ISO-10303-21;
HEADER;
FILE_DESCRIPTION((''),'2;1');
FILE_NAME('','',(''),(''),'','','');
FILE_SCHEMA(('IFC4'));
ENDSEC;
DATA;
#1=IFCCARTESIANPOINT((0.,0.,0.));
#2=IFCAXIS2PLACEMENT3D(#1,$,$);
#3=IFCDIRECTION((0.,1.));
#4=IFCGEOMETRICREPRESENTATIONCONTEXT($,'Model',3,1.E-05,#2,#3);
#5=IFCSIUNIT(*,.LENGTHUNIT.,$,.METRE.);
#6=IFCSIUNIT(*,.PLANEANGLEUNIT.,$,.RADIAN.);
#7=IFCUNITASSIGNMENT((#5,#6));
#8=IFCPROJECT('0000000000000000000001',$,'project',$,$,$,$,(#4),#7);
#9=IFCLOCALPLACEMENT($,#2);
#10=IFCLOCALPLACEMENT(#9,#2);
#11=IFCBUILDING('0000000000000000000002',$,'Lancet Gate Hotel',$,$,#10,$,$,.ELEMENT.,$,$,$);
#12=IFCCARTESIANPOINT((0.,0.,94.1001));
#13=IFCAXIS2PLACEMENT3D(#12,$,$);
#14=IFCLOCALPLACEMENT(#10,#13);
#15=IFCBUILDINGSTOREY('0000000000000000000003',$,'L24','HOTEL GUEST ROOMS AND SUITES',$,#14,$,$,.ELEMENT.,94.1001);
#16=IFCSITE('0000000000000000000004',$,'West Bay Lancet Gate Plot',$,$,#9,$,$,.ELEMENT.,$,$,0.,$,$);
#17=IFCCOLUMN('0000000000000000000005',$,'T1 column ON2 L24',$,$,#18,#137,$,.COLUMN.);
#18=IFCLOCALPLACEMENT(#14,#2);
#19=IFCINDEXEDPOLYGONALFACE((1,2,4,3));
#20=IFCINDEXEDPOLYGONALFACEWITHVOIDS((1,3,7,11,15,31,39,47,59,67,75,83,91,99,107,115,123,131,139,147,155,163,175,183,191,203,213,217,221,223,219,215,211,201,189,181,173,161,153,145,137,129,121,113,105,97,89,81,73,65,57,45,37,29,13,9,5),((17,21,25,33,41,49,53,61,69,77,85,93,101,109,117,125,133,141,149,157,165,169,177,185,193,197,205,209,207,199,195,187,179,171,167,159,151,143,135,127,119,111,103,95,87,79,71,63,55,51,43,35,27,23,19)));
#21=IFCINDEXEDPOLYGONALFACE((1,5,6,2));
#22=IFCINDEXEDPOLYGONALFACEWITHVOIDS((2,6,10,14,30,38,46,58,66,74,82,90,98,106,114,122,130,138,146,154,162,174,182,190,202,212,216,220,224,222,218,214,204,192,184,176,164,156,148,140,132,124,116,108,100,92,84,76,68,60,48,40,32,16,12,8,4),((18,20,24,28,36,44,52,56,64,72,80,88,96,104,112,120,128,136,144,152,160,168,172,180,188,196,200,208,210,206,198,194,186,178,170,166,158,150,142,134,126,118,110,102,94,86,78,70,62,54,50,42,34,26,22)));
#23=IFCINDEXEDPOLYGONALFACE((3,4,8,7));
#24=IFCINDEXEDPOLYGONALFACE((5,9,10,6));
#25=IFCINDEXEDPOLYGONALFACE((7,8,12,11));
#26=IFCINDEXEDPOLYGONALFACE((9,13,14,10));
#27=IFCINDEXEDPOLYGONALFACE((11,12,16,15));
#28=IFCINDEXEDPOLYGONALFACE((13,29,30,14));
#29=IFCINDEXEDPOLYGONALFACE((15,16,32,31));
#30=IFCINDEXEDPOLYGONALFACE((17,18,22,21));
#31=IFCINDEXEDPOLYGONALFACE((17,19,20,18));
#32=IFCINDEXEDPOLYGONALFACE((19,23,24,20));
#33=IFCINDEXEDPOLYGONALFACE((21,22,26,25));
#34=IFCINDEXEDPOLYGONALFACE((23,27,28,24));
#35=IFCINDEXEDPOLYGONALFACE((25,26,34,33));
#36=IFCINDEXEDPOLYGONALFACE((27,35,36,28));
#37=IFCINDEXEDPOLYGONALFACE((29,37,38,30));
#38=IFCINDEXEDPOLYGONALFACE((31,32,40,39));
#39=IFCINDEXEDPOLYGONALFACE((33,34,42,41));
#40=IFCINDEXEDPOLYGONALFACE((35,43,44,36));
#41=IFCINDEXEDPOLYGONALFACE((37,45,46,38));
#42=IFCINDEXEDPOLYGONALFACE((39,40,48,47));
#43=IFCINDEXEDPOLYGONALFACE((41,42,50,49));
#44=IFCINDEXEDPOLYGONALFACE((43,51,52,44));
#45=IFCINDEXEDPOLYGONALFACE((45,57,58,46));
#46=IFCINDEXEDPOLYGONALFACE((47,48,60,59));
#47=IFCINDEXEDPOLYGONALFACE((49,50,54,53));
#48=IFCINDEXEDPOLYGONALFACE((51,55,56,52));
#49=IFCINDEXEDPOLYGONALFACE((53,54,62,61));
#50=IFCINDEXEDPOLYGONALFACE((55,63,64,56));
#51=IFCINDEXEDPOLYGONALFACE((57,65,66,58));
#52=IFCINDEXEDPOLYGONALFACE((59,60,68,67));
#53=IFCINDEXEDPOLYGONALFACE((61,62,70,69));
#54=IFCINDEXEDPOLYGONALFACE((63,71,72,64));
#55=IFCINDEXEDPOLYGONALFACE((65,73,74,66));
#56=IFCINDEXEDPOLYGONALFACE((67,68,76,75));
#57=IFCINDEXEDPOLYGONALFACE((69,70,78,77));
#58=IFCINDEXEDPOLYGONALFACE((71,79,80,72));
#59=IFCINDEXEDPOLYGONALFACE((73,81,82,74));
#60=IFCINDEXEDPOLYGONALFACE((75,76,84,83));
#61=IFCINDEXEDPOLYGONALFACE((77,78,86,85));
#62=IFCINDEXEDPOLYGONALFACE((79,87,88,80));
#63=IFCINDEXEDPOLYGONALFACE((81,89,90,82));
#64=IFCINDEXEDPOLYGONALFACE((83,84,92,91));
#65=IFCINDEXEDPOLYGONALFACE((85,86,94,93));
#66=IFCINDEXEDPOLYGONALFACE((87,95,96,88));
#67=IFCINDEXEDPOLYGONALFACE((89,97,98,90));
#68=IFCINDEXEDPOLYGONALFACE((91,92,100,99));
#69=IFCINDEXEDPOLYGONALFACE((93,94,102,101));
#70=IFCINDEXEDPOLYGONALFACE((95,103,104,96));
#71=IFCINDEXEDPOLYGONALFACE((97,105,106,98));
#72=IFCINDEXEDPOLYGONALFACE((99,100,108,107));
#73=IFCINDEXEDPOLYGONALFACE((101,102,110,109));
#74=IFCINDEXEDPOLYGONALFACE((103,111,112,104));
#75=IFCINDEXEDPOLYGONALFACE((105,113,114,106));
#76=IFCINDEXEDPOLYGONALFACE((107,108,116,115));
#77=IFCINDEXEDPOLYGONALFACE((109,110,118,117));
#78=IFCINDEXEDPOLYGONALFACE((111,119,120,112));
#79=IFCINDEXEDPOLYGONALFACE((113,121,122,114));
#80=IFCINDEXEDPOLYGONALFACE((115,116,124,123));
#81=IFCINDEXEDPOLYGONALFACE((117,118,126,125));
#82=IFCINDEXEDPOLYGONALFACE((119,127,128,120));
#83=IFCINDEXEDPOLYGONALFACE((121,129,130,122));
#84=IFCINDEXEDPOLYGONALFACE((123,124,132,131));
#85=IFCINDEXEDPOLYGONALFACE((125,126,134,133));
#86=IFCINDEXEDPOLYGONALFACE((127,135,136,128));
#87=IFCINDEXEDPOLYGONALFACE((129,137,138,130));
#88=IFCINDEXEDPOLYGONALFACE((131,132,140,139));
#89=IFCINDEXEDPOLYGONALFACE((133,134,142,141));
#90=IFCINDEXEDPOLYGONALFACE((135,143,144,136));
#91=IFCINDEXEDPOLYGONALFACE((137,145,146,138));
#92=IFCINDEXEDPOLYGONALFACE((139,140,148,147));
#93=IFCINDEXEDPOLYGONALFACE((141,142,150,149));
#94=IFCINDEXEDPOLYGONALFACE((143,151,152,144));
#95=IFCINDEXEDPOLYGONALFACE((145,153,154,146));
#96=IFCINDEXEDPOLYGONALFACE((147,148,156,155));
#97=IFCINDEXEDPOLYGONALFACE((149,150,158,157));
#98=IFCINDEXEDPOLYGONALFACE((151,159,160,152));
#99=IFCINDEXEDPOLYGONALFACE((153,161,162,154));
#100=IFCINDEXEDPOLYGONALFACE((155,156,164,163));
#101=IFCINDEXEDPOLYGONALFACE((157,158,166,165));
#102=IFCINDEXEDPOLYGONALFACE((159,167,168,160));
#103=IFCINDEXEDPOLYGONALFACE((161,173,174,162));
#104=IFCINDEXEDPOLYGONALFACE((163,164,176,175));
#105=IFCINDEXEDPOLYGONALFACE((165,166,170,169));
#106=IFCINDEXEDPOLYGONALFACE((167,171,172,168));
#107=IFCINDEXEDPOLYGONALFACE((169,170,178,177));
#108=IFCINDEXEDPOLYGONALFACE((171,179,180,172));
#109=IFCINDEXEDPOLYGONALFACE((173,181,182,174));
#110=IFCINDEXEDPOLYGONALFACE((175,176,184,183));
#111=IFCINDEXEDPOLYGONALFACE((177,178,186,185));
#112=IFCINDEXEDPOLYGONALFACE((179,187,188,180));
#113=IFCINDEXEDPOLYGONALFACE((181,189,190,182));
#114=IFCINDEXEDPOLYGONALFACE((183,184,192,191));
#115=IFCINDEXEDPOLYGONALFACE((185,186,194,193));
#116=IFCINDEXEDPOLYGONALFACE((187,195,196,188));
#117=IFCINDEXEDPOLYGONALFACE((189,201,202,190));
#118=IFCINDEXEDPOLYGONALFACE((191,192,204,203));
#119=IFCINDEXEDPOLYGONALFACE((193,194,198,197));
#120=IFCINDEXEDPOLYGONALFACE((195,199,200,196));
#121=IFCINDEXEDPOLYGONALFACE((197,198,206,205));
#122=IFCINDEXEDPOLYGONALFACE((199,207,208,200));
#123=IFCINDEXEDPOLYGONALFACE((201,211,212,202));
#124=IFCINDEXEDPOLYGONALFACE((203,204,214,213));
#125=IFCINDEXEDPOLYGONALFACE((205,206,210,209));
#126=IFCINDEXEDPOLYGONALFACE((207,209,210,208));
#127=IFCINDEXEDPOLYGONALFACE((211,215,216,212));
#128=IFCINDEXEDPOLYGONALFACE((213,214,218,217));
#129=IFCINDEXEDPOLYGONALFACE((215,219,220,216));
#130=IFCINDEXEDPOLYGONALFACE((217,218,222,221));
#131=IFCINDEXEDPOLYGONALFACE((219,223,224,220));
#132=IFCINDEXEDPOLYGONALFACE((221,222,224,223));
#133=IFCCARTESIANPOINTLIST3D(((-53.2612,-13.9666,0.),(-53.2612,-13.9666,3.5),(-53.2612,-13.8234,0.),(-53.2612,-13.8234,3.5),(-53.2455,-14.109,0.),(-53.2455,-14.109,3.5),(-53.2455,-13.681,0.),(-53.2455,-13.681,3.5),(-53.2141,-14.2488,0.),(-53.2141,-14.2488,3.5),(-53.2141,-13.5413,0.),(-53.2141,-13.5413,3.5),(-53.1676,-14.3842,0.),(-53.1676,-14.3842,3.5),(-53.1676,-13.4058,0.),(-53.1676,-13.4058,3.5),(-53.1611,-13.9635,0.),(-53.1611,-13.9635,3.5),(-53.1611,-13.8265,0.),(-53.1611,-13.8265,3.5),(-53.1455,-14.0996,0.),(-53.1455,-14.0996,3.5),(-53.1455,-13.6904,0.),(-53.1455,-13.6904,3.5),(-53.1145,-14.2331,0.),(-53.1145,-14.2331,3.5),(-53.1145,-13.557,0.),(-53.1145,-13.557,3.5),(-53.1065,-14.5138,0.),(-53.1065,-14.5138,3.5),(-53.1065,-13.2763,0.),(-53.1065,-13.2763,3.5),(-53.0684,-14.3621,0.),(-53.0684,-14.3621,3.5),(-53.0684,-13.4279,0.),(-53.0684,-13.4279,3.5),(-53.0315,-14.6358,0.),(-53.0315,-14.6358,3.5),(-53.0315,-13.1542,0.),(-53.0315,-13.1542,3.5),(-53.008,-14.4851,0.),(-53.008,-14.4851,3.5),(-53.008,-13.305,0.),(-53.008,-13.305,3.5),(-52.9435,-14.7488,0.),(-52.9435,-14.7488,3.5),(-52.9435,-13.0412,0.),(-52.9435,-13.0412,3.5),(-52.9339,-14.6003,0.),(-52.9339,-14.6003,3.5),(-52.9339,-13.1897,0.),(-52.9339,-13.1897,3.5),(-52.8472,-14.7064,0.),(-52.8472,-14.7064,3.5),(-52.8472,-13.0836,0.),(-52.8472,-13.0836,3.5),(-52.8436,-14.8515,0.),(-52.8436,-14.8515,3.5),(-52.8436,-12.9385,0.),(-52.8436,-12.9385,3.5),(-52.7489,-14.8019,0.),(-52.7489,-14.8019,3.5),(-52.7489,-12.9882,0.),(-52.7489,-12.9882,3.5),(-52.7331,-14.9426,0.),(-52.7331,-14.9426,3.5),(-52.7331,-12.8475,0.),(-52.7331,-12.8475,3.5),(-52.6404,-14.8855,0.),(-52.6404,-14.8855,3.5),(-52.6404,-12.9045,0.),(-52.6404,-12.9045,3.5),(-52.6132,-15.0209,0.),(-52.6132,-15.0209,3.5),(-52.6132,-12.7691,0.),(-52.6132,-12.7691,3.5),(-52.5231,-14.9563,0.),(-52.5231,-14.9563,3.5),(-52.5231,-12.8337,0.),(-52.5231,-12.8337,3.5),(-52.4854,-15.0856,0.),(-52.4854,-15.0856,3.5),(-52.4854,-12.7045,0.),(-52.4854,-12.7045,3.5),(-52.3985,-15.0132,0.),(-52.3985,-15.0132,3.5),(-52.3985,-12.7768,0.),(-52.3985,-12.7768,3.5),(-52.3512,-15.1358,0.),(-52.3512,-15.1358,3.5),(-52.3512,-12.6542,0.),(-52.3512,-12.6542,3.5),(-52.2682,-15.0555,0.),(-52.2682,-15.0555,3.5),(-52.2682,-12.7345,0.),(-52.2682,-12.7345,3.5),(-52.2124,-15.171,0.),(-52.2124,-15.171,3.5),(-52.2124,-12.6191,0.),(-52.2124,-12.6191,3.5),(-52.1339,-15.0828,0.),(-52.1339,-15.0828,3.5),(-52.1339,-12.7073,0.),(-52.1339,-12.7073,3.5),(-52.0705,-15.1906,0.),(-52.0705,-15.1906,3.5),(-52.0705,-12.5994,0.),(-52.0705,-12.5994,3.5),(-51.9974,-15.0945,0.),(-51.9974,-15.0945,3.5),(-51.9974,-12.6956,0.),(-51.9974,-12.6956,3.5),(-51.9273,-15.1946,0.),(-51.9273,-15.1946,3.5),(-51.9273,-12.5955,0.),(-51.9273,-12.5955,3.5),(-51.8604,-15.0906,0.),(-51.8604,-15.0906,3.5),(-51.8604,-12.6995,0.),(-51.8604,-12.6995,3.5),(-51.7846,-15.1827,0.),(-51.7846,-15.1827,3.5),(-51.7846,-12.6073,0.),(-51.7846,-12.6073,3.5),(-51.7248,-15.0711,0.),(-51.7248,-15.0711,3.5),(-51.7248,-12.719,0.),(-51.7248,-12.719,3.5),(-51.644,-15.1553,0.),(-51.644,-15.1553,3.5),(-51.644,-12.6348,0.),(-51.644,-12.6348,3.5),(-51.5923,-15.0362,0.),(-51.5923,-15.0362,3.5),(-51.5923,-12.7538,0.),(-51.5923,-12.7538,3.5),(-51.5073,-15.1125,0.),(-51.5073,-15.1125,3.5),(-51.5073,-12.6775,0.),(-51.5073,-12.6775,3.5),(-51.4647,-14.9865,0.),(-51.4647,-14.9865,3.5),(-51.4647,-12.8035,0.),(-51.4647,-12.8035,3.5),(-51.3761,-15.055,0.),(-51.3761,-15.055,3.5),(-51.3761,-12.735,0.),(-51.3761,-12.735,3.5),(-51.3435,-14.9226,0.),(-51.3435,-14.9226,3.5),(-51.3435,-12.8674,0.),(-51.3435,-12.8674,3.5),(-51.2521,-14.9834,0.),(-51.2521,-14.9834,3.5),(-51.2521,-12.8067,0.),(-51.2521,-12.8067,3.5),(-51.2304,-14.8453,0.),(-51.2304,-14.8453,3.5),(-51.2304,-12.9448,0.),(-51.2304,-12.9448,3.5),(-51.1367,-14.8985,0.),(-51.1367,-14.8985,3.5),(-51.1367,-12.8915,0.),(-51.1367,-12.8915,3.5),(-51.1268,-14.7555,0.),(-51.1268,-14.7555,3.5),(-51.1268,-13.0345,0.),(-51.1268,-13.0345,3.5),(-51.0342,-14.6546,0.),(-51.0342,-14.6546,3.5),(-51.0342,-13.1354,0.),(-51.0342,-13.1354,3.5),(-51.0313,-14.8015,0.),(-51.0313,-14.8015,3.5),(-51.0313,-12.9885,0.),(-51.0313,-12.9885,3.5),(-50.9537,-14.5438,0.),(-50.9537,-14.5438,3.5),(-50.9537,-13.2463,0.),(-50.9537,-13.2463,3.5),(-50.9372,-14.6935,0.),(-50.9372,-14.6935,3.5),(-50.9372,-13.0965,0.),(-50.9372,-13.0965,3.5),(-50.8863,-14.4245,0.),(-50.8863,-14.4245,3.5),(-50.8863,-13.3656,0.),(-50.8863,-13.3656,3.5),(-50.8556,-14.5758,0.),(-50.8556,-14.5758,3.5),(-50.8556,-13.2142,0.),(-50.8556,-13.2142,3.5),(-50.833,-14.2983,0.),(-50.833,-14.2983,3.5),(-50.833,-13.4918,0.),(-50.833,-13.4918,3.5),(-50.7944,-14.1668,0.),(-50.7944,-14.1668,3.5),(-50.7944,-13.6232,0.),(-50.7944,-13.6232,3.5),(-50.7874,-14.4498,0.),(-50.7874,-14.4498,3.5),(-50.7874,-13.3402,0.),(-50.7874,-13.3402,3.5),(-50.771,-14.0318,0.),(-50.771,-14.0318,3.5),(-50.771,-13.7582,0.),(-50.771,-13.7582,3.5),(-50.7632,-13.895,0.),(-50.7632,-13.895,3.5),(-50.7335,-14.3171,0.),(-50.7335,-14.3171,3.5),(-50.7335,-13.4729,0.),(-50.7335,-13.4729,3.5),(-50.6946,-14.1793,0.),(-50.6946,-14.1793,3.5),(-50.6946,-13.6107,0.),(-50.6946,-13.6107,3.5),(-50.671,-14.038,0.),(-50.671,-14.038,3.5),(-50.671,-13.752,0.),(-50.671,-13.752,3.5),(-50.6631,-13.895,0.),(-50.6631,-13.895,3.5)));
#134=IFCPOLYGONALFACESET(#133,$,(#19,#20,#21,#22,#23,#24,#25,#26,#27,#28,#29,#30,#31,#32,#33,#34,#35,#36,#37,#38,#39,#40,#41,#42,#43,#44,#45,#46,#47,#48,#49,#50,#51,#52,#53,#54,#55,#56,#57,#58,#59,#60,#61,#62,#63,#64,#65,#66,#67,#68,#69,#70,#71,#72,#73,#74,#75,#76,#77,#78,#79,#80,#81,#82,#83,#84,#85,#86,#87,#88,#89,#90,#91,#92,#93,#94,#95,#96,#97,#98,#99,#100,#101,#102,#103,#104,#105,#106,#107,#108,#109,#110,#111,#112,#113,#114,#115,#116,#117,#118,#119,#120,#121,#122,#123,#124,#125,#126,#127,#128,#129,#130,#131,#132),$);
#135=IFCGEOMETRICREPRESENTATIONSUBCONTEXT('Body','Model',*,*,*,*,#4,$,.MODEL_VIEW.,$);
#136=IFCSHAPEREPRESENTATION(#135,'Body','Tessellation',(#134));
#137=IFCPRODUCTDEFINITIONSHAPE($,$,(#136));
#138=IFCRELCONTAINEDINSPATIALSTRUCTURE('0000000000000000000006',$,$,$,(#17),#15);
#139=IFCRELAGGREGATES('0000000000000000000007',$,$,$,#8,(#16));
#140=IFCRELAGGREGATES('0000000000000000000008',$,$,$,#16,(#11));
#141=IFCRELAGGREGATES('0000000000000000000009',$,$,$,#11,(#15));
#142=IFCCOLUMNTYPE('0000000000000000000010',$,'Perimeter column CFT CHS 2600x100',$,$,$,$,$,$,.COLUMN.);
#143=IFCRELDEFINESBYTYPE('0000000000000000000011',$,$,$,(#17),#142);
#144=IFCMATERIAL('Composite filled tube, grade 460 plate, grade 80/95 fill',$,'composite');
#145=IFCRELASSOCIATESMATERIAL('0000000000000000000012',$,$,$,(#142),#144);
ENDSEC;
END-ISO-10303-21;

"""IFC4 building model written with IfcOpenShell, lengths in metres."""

from ifc_helpers import new_model, si_unit, direction, frame, origin, origin_2d, place, context, subcontext, project, spatial, hollow_circle, extrude, material, material_profile, profile_set, type_object, element, save


model = new_model("IFC4")

# Units and contexts
model_context = context("Model", 3, precision=1e-05, world=origin(), true_north=direction((0.0, 1.0)))
body_context = subcontext(model_context, "Body", "Model", "MODEL_VIEW")
ifc_project = project(units=[si_unit("LENGTHUNIT", "METRE"), si_unit("PLANEANGLEUNIT", "RADIAN")], contexts=[model_context])

# Site, building, storey
site_placement = place(None, origin())
site = spatial("IfcSite", under=ifc_project, at=site_placement, Name="West Bay Lancet Gate Plot", CompositionType="ELEMENT", RefElevation=0.0)
building_placement = place(site_placement, origin())
building = spatial("IfcBuilding", under=site, at=building_placement, Name="Lancet Gate Hotel", CompositionType="ELEMENT")
storey_placement = place(building_placement, frame((0.0, 0.0, 94.1001)))
storey = spatial("IfcBuildingStorey", under=building, at=storey_placement, Name="L24", Description="HOTEL GUEST ROOMS AND SUITES", CompositionType="ELEMENT", Elevation=94.1001)

# Column
ifc_material_1 = material(Name="Composite filled tube, grade 460 plate, grade 80/95 fill", Category="composite")
ifc_material_profile_1 = material_profile(ifc_material_1, hollow_circle(Radius=1.3, WallThickness=0.1001, at=origin_2d()), Name="CHS 2600x100")
ifc_profile_set_1 = profile_set([ifc_material_profile_1], Name="Composite filled tube, grade 460 plate, grade 80/95 fill")
column_type = type_object("IfcColumnType", Name="Perimeter column CFT CHS 2600x100", PredefinedType="COLUMN", material=ifc_profile_set_1)
for number, where, z_axis, x_axis, name in (
    (1, (-51.9631, -13.895, 0.0), (0.0, 0.0, 1.0), (1.0, 0.0, 0.0), "T1 column ON2 L24"),
):
    element("IfcColumn", number, at=place(storey_placement, frame(where, z_axis=z_axis, x_axis=x_axis)), inside=storey, type_object=column_type, Name=name, PredefinedType="COLUMN", context=body_context, shape_type="SweptSolid", body=[
        extrude(hollow_circle(Radius=1.3, WallThickness=0.1001, at=origin_2d()), origin(), (0.0, 0.0, 1.0), 3.5),
    ])

save(model, "model.ifc")
